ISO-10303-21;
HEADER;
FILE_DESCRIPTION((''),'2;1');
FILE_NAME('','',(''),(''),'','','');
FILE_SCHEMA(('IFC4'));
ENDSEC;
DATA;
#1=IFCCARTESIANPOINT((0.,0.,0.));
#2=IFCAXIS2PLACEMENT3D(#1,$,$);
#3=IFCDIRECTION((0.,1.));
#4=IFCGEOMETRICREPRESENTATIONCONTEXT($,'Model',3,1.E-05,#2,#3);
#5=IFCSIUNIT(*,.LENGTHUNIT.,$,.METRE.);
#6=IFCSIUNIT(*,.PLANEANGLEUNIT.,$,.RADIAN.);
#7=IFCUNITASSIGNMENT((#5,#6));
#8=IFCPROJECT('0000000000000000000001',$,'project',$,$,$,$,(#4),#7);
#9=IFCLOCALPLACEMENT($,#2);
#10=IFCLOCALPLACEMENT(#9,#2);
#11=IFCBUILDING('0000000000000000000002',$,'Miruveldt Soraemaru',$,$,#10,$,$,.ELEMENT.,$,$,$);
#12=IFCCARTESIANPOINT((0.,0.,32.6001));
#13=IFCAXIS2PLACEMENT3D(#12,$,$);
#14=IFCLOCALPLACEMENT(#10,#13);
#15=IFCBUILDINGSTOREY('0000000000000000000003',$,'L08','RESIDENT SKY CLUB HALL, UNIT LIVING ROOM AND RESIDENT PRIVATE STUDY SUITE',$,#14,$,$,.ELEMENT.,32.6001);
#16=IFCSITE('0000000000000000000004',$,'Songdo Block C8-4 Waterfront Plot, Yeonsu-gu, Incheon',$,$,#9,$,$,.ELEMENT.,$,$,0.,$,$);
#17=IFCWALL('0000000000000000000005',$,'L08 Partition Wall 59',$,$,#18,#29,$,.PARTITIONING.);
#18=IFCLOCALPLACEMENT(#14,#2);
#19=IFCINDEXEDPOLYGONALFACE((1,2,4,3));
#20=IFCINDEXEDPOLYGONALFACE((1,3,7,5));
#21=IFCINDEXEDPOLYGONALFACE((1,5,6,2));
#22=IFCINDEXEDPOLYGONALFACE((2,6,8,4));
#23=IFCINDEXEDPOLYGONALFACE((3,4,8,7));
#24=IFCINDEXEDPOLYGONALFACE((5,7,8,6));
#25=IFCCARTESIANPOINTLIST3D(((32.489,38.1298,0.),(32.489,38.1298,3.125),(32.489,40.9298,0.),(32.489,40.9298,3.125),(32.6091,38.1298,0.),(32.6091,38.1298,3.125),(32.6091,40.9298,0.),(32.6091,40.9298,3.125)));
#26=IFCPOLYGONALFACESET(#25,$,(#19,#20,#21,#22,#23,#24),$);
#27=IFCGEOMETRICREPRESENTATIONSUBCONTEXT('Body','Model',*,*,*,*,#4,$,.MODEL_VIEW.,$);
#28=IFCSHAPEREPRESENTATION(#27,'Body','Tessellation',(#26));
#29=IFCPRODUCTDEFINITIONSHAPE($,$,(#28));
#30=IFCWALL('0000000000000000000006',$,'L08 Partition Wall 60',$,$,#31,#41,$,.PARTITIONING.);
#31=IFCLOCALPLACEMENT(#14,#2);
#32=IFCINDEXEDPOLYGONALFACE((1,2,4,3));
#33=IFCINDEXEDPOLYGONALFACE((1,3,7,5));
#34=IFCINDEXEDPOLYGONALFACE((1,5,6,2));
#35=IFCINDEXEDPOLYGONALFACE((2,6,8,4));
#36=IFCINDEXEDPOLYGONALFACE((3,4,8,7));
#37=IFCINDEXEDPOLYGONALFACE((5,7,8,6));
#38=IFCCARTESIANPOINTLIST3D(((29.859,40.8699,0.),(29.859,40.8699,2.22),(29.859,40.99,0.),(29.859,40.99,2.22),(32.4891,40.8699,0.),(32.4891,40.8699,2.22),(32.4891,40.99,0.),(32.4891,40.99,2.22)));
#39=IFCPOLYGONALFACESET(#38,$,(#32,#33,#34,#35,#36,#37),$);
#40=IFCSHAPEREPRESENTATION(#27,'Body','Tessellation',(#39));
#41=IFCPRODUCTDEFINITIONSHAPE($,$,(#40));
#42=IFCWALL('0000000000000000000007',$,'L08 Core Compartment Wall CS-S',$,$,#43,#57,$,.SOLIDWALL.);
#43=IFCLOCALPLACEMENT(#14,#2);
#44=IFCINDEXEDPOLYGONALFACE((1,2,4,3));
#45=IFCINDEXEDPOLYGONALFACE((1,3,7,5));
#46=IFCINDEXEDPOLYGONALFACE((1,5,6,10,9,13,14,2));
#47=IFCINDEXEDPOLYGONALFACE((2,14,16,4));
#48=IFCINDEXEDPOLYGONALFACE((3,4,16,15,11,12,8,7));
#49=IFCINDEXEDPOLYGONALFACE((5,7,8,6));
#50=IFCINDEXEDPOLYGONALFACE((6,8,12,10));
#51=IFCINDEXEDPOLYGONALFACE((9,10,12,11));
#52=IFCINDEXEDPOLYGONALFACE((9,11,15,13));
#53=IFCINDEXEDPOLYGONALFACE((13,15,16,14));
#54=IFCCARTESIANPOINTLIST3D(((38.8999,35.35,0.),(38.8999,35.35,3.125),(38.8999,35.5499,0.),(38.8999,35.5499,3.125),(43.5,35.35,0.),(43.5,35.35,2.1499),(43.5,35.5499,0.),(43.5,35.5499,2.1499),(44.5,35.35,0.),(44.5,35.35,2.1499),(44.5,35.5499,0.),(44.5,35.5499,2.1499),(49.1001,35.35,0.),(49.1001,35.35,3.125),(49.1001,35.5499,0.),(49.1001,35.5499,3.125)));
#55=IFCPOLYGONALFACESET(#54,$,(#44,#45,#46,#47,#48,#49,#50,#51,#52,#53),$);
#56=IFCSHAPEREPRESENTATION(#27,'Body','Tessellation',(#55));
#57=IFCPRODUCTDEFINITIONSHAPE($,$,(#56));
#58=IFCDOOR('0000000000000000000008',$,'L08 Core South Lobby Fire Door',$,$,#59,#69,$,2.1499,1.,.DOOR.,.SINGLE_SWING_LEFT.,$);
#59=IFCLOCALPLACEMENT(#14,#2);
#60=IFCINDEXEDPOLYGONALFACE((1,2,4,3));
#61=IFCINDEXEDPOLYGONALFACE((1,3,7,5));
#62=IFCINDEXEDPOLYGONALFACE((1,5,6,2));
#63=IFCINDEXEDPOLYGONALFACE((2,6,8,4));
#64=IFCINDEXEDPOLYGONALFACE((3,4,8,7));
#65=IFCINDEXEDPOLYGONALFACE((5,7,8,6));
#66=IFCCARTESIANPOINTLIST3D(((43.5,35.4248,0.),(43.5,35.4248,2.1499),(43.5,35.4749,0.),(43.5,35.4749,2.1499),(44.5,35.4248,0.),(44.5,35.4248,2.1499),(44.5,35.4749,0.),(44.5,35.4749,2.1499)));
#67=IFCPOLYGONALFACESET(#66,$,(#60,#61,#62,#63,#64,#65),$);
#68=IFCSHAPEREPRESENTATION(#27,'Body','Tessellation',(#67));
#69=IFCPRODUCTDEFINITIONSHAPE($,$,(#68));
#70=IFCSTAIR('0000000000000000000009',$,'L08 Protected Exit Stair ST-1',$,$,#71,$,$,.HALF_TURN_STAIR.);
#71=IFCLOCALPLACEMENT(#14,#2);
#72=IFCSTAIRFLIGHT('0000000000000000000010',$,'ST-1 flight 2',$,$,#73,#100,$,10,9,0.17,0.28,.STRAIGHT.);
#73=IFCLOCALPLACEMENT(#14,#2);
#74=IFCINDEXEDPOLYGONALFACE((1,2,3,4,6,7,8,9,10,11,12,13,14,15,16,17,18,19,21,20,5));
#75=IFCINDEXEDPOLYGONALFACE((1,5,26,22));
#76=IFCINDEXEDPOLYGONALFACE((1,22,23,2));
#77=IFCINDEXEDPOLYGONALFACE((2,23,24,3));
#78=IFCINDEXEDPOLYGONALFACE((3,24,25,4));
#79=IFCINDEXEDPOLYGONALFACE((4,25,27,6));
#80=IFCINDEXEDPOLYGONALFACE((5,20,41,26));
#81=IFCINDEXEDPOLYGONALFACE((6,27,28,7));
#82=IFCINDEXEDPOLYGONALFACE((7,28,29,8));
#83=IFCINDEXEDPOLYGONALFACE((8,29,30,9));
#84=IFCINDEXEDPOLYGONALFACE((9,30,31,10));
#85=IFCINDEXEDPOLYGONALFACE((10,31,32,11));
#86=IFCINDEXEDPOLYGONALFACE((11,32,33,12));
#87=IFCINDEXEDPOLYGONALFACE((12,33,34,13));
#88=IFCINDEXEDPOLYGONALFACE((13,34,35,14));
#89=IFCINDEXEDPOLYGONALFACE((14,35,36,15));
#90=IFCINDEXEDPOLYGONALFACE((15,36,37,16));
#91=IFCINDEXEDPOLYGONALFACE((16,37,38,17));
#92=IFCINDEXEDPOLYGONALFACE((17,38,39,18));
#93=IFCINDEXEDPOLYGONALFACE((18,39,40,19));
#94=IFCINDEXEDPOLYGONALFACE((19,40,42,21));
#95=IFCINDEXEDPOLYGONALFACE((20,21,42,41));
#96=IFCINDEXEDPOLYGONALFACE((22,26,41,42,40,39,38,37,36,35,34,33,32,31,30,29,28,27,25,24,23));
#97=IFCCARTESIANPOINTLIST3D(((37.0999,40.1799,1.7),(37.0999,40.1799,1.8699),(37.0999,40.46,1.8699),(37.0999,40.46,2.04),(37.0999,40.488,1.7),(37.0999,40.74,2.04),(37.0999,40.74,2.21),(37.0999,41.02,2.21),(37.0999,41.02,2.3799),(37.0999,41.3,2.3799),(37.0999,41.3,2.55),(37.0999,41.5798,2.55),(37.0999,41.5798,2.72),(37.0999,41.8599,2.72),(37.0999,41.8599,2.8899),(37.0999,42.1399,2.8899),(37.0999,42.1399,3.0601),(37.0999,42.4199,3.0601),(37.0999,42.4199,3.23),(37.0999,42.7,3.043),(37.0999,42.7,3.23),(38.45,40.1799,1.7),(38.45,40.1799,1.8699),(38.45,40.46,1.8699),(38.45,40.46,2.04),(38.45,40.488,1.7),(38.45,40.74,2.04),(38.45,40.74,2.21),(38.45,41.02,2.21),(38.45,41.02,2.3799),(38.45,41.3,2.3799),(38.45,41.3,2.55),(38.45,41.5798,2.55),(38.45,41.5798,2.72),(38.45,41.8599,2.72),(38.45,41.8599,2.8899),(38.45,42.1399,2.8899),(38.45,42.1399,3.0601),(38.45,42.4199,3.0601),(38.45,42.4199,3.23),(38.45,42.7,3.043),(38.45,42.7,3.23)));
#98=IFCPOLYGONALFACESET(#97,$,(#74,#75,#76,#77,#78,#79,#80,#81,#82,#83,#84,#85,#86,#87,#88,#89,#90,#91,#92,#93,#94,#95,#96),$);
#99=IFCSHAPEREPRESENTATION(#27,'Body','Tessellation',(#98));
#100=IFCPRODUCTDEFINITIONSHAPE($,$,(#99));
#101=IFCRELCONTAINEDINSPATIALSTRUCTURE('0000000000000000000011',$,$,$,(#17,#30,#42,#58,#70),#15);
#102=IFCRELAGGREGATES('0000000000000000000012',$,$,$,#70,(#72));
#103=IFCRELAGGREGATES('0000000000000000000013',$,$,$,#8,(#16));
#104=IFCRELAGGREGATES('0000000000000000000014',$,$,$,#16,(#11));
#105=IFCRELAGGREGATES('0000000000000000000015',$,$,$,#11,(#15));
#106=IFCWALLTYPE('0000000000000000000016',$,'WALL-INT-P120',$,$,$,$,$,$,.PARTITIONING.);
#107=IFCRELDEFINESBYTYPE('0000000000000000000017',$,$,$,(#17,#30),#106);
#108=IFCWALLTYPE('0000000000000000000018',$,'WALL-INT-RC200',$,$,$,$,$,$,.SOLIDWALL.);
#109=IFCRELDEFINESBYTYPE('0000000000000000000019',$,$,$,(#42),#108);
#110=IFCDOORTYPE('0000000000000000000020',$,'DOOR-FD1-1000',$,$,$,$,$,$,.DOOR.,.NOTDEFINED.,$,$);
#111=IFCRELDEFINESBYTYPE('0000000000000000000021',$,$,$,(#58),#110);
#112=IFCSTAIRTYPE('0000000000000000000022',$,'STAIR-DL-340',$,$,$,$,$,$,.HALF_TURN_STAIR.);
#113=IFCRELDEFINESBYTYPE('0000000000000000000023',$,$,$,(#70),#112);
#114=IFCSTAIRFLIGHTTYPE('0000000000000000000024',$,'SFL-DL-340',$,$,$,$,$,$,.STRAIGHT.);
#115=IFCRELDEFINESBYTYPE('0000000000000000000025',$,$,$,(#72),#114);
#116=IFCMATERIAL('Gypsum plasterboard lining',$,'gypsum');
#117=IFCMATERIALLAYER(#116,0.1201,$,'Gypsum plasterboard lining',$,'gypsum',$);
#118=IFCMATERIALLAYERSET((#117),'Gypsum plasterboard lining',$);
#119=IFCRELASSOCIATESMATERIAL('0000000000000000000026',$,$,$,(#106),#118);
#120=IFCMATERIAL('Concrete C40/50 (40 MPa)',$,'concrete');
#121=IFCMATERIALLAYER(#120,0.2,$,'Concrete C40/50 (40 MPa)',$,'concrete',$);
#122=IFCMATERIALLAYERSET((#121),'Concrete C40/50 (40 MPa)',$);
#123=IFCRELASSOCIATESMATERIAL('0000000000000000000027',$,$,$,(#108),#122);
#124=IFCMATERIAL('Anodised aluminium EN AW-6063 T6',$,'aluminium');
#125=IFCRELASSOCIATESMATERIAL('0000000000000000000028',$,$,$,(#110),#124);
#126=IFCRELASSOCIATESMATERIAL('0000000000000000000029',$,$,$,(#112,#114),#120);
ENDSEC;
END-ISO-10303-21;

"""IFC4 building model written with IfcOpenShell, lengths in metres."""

from ifc_helpers import new_model, si_unit, direction, frame, frame_2d, origin, place, context, subcontext, project, spatial, polyline, rectangle, outline, extrude, material, layer, layer_set, type_object, element, fill, aggregate, save


model = new_model("IFC4")

# Units and contexts
model_context = context("Model", 3, precision=1e-05, world=origin(), true_north=direction((0.0, 1.0)))
body_context = subcontext(model_context, "Body", "Model", "MODEL_VIEW")
ifc_project = project(units=[si_unit("LENGTHUNIT", "METRE"), si_unit("PLANEANGLEUNIT", "RADIAN")], contexts=[model_context])

# Site, building, storey
site_placement = place(None, origin())
site = spatial("IfcSite", under=ifc_project, at=site_placement, Name="Songdo Block C8-4 Waterfront Plot, Yeonsu-gu, Incheon", CompositionType="ELEMENT", RefElevation=0.0)
building_placement = place(site_placement, origin())
building = spatial("IfcBuilding", under=site, at=building_placement, Name="Miruveldt Soraemaru", CompositionType="ELEMENT")
storey_placement = place(building_placement, frame((0.0, 0.0, 32.6001)))
storey = spatial("IfcBuildingStorey", under=building, at=storey_placement, Name="L08", Description="RESIDENT SKY CLUB HALL, UNIT LIVING ROOM AND RESIDENT PRIVATE STUDY SUITE", CompositionType="ELEMENT", Elevation=32.6001)

# Shared definitions
ifc_material_1 = material(Name="Gypsum plasterboard lining", Category="gypsum")
ifc_layer_1 = layer(ifc_material_1, 0.1201, Name="Gypsum plasterboard lining", Category="gypsum")
ifc_layer_set_1 = layer_set([ifc_layer_1], Name="Gypsum plasterboard lining")
wall_type_1 = type_object("IfcWallType", Name="WALL-INT-P120", PredefinedType="PARTITIONING", material=ifc_layer_set_1)
ifc_material_2 = material(Name="Anodised aluminium EN AW-6063 T6", Category="aluminium")

# Walls
wall_1_placement = place(storey_placement, frame((32.5491, 38.1299, 0.0), z_axis=(0.0, 0.0, 1.0), x_axis=(0.0, 1.0, 0.0)))
element("IfcWall", 1, at=wall_1_placement, inside=storey, type_object=wall_type_1, Name="L08 Partition Wall 59", PredefinedType="PARTITIONING", context=body_context, shape_type="SweptSolid", body=[
    extrude(rectangle(XDim=2.8, YDim=0.1201, at=frame_2d((1.3999, 0.0))), origin(), (0.0, 0.0, 1.0), 3.125),
])
wall_2_placement = place(storey_placement, frame((32.489, 40.9299, 0.0), z_axis=(0.0, 0.0, 1.0), x_axis=(-1.0, 0.0, 0.0)))
element("IfcWall", 2, at=wall_2_placement, inside=storey, type_object=wall_type_1, Name="L08 Partition Wall 60", PredefinedType="PARTITIONING", context=body_context, shape_type="SweptSolid", body=[
    extrude(rectangle(XDim=2.6301, YDim=0.1201, at=frame_2d((1.3149, 0.0))), origin(), (0.0, 0.0, 1.0), 2.22),
])

# Wall, opening, door
ifc_material_3 = material(Name="Concrete C40/50 (40 MPa)", Category="concrete")
ifc_layer_2 = layer(ifc_material_3, 0.2, Name="Concrete C40/50 (40 MPa)", Category="concrete")
ifc_layer_set_2 = layer_set([ifc_layer_2], Name="Concrete C40/50 (40 MPa)")
wall_type_2 = type_object("IfcWallType", Name="WALL-INT-RC200", PredefinedType="SOLIDWALL", material=ifc_layer_set_2)
wall_3_placement = place(storey_placement, frame((38.8999, 35.45, 0.0), z_axis=(0.0, 0.0, 1.0), x_axis=(1.0, 0.0, 0.0)))
wall_3 = element("IfcWall", 3, at=wall_3_placement, inside=storey, type_object=wall_type_2, Name="L08 Core Compartment Wall CS-S", PredefinedType="SOLIDWALL", context=body_context, shape_type="SweptSolid", body=[
    extrude(rectangle(XDim=10.2002, YDim=0.2, at=frame_2d((5.1001, 0.0))), origin(), (0.0, 0.0, 1.0), 3.125),
])
opening_1_placement = place(wall_3_placement, frame((4.6001, 0.0, 0.0)))
opening_1 = element("IfcOpeningElement", 4, at=opening_1_placement, cuts=wall_3, PredefinedType="OPENING", context=body_context, shape_type="SweptSolid", body=[
    extrude(rectangle(XDim=1.0, YDim=2.1499, at=frame_2d((0.5, 1.075))), frame((0.0, 0.1099, 0.0), z_axis=(0.0, -1.0, 0.0), x_axis=(1.0, 0.0, 0.0)), (0.0, 0.0, 1.0), 0.22),
])
door_type_1 = type_object("IfcDoorType", Name="DOOR-FD1-1000", OperationType="NOTDEFINED", PredefinedType="DOOR", material=ifc_material_2)
door_1_placement = place(opening_1_placement, origin())
door_1 = element("IfcDoor", 5, at=door_1_placement, inside=storey, type_object=door_type_1, Name="L08 Core South Lobby Fire Door", OperationType="SINGLE_SWING_LEFT", OverallHeight=2.1499, OverallWidth=1.0, PredefinedType="DOOR", context=body_context, shape_type="SweptSolid", body=[
    extrude(rectangle(XDim=1.0, YDim=2.1499, at=frame_2d((0.5, 1.075))), frame((0.0, 0.0249, 0.0), z_axis=(0.0, -1.0, 0.0), x_axis=(1.0, 0.0, 0.0)), (0.0, 0.0, 1.0), 0.05),
])
fill(opening_1, door_1)

# Stair, stair flight
stair_type = type_object("IfcStairType", Name="STAIR-DL-340", PredefinedType="HALF_TURN_STAIR", material=ifc_material_3)
stair_placement = place(storey_placement, origin())
stair = element("IfcStair", 6, at=stair_placement, inside=storey, type_object=stair_type, Name="L08 Protected Exit Stair ST-1", PredefinedType="HALF_TURN_STAIR")
stair_flight_type = type_object("IfcStairFlightType", Name="SFL-DL-340", PredefinedType="STRAIGHT", material=ifc_material_3)
stair_flight_placement = place(storey_placement, frame((37.7749, 40.1799, 1.7), z_axis=(0.0, 0.0, 1.0), x_axis=(0.0, 1.0, 0.0)))
stair_flight = element("IfcStairFlight", 7, at=stair_flight_placement, type_object=stair_flight_type, Name="ST-1 flight 2", NumberOfRisers=10, NumberOfTreads=9, PredefinedType="STRAIGHT", RiserHeight=0.17, TreadLength=0.28, context=body_context, shape_type="SweptSolid", body=[
    extrude(outline(polyline([(0.0, 0.0), (0.0, 0.1699), (0.28, 0.1699), (0.28, 0.3401), (0.5601, 0.3401), (0.5601, 0.51), (0.8401, 0.51), (0.8401, 0.6799), (1.1201, 0.6799), (1.1201, 0.8501), (1.3999, 0.8501), (1.3999, 1.02), (1.6799, 1.02), (1.6799, 1.1899), (1.96, 1.1899), (1.96, 1.3601), (2.24, 1.3601), (2.24, 1.53), (2.52, 1.53), (2.52, 1.7), (2.52, 1.343), (0.3081, 0.0), (0.0, 0.0)])), frame((0.0, 0.675, 0.0), z_axis=(0.0, -1.0, 0.0), x_axis=(1.0, 0.0, 0.0)), (0.0, 0.0, 1.0), 1.3501),
])
aggregate(stair, [stair_flight])

save(model, "model.ifc")
